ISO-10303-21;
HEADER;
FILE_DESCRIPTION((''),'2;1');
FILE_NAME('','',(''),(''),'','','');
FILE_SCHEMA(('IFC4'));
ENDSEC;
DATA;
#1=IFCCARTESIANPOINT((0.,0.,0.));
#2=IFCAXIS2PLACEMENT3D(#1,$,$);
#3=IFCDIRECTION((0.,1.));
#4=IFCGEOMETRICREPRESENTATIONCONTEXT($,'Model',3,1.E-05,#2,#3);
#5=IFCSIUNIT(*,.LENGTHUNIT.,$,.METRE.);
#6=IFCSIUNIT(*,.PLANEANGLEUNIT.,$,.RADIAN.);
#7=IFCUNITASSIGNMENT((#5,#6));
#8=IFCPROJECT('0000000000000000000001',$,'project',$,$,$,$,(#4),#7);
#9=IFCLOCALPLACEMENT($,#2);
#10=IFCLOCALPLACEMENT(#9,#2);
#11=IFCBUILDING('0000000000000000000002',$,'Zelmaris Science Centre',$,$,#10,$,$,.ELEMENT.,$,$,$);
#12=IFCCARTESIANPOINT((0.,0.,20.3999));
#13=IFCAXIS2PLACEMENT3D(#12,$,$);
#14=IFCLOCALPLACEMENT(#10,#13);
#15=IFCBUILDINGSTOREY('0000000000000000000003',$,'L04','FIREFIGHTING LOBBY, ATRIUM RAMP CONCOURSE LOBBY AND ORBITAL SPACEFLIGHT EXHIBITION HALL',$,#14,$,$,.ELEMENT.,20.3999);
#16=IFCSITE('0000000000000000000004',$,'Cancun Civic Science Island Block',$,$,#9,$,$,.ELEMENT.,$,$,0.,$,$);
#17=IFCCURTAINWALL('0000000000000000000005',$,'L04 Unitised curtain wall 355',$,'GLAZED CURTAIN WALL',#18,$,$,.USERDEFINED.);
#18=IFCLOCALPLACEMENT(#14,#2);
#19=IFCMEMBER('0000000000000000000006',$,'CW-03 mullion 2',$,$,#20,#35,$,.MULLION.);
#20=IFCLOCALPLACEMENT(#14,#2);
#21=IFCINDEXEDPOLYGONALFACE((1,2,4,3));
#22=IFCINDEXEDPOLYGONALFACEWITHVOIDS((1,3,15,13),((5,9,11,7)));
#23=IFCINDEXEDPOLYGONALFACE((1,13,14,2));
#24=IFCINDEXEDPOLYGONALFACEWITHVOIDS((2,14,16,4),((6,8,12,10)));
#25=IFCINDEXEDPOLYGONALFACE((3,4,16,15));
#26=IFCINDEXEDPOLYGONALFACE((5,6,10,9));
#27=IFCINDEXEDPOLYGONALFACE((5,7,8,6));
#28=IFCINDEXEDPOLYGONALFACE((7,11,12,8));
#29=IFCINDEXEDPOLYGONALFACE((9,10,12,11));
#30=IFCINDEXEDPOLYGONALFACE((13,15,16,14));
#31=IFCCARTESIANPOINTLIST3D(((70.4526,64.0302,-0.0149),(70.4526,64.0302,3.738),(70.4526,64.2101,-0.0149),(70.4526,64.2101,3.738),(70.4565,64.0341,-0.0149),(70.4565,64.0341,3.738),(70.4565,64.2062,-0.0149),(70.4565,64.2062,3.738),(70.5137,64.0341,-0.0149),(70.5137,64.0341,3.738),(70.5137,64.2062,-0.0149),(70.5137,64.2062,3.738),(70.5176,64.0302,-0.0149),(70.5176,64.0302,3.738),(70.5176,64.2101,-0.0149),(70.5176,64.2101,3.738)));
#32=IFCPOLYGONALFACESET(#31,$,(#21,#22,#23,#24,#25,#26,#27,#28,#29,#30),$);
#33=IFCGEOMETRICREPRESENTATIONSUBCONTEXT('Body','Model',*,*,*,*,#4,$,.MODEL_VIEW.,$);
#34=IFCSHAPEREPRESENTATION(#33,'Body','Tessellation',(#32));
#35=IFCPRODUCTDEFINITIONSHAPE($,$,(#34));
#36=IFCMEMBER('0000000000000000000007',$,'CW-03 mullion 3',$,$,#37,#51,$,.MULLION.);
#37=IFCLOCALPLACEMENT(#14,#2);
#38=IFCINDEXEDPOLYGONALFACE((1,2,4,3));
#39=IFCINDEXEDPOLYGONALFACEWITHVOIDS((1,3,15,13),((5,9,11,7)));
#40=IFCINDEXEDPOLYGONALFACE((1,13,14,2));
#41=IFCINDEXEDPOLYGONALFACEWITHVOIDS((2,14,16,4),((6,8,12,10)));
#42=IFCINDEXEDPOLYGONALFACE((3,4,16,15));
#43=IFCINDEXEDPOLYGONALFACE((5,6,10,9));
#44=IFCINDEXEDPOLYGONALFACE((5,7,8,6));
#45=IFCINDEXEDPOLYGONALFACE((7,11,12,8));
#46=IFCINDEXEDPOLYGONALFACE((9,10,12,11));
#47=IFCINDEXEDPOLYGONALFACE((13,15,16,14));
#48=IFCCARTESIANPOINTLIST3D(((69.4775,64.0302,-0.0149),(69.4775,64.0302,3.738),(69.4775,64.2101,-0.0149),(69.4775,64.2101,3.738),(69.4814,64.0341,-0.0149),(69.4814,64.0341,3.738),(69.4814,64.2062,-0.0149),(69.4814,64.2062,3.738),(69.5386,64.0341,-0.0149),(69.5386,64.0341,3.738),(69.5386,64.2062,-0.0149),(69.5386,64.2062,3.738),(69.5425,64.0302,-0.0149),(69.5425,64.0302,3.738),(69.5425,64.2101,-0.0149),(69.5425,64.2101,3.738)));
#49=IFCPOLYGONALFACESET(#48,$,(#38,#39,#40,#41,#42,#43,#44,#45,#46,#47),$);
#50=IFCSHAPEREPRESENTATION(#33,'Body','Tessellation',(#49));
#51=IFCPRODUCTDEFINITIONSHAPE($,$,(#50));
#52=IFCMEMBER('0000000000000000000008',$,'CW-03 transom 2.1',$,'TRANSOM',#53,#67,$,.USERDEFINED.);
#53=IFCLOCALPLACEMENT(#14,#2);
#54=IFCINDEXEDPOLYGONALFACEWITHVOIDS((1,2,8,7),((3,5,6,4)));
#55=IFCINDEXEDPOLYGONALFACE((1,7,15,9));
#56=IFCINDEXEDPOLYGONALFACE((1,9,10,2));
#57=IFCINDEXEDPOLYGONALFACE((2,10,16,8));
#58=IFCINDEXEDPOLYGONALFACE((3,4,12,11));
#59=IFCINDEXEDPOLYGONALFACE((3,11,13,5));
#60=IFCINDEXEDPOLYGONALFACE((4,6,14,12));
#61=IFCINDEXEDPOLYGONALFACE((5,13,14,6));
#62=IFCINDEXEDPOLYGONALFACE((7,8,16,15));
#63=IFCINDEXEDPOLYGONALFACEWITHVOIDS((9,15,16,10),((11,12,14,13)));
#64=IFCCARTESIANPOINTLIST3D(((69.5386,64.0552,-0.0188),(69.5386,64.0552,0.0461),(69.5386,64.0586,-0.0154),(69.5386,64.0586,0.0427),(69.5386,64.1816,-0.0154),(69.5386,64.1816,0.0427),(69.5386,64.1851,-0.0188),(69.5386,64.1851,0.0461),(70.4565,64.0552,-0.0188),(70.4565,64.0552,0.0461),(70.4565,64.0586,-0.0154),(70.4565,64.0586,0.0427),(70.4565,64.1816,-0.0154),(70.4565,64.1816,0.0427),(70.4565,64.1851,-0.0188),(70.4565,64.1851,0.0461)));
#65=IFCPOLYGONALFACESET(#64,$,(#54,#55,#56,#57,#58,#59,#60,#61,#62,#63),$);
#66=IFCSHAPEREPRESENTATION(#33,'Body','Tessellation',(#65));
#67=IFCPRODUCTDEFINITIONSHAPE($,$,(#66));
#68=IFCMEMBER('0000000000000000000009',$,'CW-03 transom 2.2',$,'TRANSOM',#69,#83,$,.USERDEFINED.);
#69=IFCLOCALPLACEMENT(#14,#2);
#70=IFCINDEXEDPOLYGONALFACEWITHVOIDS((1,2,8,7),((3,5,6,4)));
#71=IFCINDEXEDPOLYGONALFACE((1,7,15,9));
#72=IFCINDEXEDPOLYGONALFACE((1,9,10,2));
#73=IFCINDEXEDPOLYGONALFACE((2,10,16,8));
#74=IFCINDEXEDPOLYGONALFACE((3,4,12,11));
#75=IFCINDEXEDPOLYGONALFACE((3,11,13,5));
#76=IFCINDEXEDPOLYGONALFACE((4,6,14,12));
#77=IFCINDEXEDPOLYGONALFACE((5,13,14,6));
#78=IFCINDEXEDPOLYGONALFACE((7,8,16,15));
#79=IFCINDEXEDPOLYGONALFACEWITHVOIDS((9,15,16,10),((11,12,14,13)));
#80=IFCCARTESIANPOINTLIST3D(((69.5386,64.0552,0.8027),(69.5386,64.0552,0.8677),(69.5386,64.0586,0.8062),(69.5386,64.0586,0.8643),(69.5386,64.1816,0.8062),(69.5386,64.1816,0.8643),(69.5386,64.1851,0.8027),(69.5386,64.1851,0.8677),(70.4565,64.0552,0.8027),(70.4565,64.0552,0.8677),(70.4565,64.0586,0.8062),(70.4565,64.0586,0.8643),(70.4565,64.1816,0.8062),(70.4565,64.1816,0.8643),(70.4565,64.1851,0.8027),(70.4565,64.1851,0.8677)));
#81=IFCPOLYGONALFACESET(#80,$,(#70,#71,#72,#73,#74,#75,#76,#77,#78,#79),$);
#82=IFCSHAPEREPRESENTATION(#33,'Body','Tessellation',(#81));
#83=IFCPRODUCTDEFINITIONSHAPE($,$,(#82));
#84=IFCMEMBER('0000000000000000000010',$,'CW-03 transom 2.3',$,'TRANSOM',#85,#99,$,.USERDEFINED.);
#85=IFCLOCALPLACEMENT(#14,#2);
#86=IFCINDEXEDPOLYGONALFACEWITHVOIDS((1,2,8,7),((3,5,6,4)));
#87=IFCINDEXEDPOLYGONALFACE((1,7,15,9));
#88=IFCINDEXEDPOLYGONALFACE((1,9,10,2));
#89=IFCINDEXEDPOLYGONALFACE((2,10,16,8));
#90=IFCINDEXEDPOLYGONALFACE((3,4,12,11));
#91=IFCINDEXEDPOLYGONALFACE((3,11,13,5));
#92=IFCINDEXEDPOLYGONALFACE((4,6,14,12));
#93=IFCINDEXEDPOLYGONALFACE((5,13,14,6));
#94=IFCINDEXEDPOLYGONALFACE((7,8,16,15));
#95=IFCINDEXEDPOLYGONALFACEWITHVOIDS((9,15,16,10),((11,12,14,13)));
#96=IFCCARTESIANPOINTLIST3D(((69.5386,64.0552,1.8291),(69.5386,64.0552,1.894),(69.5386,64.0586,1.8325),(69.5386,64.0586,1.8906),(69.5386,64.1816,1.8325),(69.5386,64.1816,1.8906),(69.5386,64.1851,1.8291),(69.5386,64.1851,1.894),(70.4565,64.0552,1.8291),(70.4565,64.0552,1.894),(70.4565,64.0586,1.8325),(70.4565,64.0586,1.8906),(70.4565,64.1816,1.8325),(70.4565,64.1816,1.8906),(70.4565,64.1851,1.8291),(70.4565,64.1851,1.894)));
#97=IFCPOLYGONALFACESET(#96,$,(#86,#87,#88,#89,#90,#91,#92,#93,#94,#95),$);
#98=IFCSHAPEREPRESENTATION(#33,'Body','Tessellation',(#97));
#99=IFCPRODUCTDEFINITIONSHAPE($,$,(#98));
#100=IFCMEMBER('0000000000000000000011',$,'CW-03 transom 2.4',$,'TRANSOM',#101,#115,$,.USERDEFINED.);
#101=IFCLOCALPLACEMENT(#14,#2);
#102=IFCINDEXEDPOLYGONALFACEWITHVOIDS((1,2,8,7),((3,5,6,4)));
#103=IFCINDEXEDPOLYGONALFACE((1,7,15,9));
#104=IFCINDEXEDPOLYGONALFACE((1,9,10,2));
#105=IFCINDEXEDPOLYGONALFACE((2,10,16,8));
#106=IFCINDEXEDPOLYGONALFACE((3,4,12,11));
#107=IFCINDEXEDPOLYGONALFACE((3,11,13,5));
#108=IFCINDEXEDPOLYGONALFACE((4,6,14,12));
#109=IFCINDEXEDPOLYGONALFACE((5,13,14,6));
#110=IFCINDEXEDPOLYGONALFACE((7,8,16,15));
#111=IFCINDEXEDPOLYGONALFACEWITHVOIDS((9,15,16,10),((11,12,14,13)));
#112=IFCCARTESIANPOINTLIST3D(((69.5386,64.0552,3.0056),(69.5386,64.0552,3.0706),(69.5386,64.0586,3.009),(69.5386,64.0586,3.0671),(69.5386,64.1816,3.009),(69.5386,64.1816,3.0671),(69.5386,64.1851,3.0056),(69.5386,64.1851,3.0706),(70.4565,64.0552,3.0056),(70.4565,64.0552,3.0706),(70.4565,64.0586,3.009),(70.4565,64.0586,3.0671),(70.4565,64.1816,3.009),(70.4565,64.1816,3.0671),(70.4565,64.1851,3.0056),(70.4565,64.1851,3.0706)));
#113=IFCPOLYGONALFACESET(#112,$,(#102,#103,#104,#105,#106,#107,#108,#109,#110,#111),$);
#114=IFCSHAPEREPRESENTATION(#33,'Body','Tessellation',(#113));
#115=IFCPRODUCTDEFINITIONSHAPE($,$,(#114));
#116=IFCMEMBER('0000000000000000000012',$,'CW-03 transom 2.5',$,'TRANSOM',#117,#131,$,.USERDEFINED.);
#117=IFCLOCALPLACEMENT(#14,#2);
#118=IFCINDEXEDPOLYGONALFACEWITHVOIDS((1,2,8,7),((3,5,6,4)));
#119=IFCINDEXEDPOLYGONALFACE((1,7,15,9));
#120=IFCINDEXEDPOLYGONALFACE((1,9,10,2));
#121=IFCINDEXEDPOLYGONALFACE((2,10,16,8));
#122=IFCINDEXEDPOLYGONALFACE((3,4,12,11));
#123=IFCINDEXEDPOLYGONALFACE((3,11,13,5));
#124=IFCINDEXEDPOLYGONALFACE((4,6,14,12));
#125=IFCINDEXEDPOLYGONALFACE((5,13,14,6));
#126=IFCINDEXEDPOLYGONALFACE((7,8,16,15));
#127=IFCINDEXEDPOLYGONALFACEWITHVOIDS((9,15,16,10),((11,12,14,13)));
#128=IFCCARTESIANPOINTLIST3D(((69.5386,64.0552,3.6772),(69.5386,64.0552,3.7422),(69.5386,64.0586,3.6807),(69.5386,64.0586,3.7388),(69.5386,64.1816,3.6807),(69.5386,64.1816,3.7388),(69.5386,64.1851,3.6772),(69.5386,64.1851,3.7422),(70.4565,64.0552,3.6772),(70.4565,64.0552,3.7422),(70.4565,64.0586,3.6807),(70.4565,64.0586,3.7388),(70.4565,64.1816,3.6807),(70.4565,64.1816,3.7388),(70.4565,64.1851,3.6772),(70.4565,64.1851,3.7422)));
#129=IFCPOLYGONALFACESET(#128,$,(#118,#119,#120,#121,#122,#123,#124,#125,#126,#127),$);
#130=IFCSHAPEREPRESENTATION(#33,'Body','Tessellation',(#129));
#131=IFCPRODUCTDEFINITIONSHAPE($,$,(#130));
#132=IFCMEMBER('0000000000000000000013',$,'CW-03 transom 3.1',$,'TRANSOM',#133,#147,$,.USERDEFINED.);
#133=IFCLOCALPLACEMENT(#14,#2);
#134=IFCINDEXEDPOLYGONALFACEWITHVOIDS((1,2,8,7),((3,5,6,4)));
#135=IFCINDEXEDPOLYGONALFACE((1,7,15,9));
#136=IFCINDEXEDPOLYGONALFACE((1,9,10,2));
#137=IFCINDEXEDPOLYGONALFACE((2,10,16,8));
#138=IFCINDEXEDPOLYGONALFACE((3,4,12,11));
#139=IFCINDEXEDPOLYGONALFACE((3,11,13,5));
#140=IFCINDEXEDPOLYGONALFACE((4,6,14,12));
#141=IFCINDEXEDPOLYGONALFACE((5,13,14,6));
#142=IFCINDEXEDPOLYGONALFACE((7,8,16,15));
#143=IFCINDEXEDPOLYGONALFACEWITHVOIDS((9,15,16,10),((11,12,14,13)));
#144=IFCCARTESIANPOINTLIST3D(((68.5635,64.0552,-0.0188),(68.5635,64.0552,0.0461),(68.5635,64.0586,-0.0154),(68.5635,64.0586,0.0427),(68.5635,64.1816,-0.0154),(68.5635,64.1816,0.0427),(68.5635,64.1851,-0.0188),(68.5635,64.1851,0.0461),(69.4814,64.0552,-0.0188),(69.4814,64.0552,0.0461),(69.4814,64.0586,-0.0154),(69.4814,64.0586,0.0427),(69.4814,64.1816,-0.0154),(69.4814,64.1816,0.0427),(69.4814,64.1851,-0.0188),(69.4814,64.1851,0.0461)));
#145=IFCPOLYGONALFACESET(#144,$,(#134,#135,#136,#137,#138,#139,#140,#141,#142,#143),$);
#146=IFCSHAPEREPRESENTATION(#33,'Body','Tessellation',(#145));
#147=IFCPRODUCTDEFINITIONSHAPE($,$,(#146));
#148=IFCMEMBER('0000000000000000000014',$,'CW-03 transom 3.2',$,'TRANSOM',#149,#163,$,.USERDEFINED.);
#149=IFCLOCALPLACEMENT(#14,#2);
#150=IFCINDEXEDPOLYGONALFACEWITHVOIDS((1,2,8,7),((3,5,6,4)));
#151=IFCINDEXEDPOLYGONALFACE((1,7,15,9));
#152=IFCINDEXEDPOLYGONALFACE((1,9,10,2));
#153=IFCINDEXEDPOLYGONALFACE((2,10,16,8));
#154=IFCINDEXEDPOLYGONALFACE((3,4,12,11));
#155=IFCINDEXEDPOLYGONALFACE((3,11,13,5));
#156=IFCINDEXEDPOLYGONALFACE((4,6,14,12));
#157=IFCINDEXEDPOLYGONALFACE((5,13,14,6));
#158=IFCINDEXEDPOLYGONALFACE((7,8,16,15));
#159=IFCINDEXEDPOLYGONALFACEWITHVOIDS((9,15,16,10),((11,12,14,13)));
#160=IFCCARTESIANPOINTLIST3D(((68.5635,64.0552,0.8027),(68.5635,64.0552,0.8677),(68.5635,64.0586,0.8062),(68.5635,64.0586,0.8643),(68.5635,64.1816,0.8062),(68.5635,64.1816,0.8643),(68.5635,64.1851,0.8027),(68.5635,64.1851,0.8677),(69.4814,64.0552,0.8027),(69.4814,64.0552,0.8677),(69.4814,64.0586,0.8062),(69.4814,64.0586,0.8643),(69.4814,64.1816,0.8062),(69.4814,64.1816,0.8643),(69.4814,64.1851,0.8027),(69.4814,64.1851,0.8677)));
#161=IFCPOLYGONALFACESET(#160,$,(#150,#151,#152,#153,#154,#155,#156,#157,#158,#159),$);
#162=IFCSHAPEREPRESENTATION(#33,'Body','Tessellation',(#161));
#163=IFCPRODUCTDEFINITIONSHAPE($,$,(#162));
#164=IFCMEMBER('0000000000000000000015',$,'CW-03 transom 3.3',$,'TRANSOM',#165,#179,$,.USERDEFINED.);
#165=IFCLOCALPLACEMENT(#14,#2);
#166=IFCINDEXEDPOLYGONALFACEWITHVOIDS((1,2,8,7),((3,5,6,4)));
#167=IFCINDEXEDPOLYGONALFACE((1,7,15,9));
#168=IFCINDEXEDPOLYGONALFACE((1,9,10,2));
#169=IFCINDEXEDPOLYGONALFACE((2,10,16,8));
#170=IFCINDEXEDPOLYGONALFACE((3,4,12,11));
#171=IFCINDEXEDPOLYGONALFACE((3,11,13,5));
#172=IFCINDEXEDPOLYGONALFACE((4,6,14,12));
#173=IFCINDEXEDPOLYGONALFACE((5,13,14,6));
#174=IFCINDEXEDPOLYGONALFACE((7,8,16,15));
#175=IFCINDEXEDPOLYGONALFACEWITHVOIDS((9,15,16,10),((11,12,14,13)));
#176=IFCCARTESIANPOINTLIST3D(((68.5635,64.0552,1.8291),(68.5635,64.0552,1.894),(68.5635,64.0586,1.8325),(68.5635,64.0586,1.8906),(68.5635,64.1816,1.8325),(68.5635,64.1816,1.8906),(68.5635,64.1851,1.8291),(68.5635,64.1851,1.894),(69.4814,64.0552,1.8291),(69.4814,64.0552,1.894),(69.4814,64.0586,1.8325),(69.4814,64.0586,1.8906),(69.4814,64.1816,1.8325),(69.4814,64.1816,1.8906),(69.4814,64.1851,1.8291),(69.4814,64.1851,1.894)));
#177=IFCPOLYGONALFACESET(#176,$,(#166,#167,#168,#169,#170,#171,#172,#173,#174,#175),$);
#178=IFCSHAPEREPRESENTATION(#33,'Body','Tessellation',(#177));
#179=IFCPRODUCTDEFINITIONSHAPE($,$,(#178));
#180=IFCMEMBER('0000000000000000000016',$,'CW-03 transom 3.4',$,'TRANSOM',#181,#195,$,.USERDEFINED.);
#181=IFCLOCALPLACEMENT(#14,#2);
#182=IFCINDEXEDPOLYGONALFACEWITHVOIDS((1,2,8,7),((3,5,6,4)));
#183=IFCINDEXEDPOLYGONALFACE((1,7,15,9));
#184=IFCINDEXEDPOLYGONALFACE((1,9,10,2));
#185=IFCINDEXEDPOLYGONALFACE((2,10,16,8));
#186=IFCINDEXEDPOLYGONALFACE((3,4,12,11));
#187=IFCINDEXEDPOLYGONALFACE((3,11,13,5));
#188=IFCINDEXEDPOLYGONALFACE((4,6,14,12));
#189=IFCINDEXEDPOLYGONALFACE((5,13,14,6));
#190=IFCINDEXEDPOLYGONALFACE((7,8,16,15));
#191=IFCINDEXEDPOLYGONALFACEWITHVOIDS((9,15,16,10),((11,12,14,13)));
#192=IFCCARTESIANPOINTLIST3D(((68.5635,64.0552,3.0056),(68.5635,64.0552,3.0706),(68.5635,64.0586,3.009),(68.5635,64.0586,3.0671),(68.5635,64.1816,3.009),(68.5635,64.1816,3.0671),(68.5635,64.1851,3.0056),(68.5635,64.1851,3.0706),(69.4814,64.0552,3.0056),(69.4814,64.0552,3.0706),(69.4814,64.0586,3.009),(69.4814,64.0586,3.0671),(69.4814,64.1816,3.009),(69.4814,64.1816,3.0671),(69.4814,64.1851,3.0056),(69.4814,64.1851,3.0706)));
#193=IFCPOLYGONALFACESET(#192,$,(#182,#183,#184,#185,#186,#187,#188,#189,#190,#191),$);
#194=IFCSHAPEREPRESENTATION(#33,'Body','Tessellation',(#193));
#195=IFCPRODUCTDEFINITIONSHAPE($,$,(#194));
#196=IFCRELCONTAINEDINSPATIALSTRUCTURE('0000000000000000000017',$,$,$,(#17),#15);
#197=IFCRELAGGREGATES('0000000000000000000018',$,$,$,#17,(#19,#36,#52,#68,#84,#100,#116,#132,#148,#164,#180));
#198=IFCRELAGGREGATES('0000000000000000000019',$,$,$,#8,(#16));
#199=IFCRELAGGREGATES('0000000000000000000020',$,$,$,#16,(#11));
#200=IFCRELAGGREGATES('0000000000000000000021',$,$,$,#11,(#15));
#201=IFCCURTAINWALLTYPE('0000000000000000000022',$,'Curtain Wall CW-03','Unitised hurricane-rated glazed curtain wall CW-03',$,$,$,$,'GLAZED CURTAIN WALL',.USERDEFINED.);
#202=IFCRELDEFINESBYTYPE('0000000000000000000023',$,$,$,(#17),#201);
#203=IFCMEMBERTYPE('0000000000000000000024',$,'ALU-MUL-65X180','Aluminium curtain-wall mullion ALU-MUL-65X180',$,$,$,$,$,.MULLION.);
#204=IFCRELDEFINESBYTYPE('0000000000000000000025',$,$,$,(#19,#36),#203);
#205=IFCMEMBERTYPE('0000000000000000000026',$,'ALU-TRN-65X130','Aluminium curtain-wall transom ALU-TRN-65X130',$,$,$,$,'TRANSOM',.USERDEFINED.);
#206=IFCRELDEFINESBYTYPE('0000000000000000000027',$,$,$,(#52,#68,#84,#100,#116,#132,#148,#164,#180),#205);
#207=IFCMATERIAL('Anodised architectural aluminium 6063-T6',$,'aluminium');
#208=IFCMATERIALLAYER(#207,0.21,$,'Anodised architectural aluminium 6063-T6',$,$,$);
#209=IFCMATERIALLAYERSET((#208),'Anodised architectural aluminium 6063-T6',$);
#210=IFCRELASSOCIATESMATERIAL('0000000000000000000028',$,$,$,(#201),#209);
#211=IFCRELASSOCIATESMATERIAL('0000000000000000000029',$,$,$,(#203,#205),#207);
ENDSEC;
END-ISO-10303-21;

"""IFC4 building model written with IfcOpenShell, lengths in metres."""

from ifc_helpers import new_model, si_unit, direction, frame, origin, origin_2d, place, context, subcontext, project, spatial, hollow_rectangle, extrude, material, layer, layer_set, material_profile, profile_set, type_object, element, aggregate, save


model = new_model("IFC4")

# Units and contexts
model_context = context("Model", 3, precision=1e-05, world=origin(), true_north=direction((0.0, 1.0)))
body_context = subcontext(model_context, "Body", "Model", "MODEL_VIEW")
ifc_project = project(units=[si_unit("LENGTHUNIT", "METRE"), si_unit("PLANEANGLEUNIT", "RADIAN")], contexts=[model_context])

# Site, building, storey
site_placement = place(None, origin())
site = spatial("IfcSite", under=ifc_project, at=site_placement, Name="Cancun Civic Science Island Block", CompositionType="ELEMENT", RefElevation=0.0)
building_placement = place(site_placement, origin())
building = spatial("IfcBuilding", under=site, at=building_placement, Name="Zelmaris Science Centre", CompositionType="ELEMENT")
storey_placement = place(building_placement, frame((0.0, 0.0, 20.3999)))
storey = spatial("IfcBuildingStorey", under=building, at=storey_placement, Name="L04", Description="FIREFIGHTING LOBBY, ATRIUM RAMP CONCOURSE LOBBY AND ORBITAL SPACEFLIGHT EXHIBITION HALL", CompositionType="ELEMENT", Elevation=20.3999)

# Curtain wall, members
ifc_material_1 = material(Name="Anodised architectural aluminium 6063-T6", Category="aluminium")
ifc_layer_1 = layer(ifc_material_1, 0.21, Name="Anodised architectural aluminium 6063-T6")
ifc_layer_set_1 = layer_set([ifc_layer_1], Name="Anodised architectural aluminium 6063-T6")
curtain_wall_type = type_object("IfcCurtainWallType", Name="Curtain Wall CW-03", Description="Unitised hurricane-rated glazed curtain wall CW-03", ElementType="GLAZED CURTAIN WALL", PredefinedType="USERDEFINED", material=ifc_layer_set_1)
curtain_wall_placement = place(storey_placement, origin())
curtain_wall = element("IfcCurtainWall", 1, at=curtain_wall_placement, inside=storey, type_object=curtain_wall_type, Name="L04 Unitised curtain wall 355", ObjectType="GLAZED CURTAIN WALL", PredefinedType="USERDEFINED")
ifc_material_profile_1 = material_profile(ifc_material_1, hollow_rectangle(XDim=0.0649, YDim=0.1799, WallThickness=0.0039, at=origin_2d()), Name="ALU-MUL-65X180")
ifc_profile_set_1 = profile_set([ifc_material_profile_1], Name="Anodised architectural aluminium 6063-T6")
member_type_1 = type_object("IfcMemberType", Name="ALU-MUL-65X180", Description="Aluminium curtain-wall mullion ALU-MUL-65X180", PredefinedType="MULLION", material=ifc_profile_set_1)
member_1_placement = place(storey_placement, frame((70.4851, 64.1201, -0.0149), z_axis=(0.0, 0.0, 1.0), x_axis=(-1.0, 0.000003, 0.0)))
member_1 = element("IfcMember", 2, at=member_1_placement, type_object=member_type_1, Name="CW-03 mullion 2", PredefinedType="MULLION", context=body_context, shape_type="SweptSolid", body=[
    extrude(hollow_rectangle(XDim=0.0649, YDim=0.1799, WallThickness=0.0039, at=origin_2d()), origin(), (0.0, 0.0, 1.0), 3.7529),
])
member_2_placement = place(storey_placement, frame((69.51, 64.1201, -0.0149), z_axis=(0.0, 0.0, 1.0), x_axis=(-1.0, 0.000003, 0.0)))
member_2 = element("IfcMember", 3, at=member_2_placement, type_object=member_type_1, Name="CW-03 mullion 3", PredefinedType="MULLION", context=body_context, shape_type="SweptSolid", body=[
    extrude(hollow_rectangle(XDim=0.0649, YDim=0.1799, WallThickness=0.0039, at=origin_2d()), origin(), (0.0, 0.0, 1.0), 3.7529),
])
ifc_material_profile_2 = material_profile(ifc_material_1, hollow_rectangle(XDim=0.0649, YDim=0.1299, WallThickness=0.0034, at=origin_2d()), Name="ALU-TRN-65X130")
ifc_profile_set_2 = profile_set([ifc_material_profile_2], Name="Anodised architectural aluminium 6063-T6")
member_type_2 = type_object("IfcMemberType", Name="ALU-TRN-65X130", Description="Aluminium curtain-wall transom ALU-TRN-65X130", ElementType="TRANSOM", PredefinedType="USERDEFINED", material=ifc_profile_set_2)
member_3_placement = place(storey_placement, frame((70.4565, 64.1201, 0.0137), z_axis=(-1.0, 0.0, 0.0), x_axis=(0.0, 0.0, 1.0)))
member_3 = element("IfcMember", 4, at=member_3_placement, type_object=member_type_2, Name="CW-03 transom 2.1", ObjectType="TRANSOM", PredefinedType="USERDEFINED", context=body_context, shape_type="SweptSolid", body=[
    extrude(hollow_rectangle(XDim=0.0649, YDim=0.1299, WallThickness=0.0034, at=origin_2d()), origin(), (0.0, 0.0, 1.0), 0.918),
])
member_4_placement = place(storey_placement, frame((70.4565, 64.1201, 0.8352), z_axis=(-1.0, 0.0, 0.0), x_axis=(0.0, 0.0, 1.0)))
member_4 = element("IfcMember", 5, at=member_4_placement, type_object=member_type_2, Name="CW-03 transom 2.2", ObjectType="TRANSOM", PredefinedType="USERDEFINED", context=body_context, shape_type="SweptSolid", body=[
    extrude(hollow_rectangle(XDim=0.0649, YDim=0.1299, WallThickness=0.0034, at=origin_2d()), origin(), (0.0, 0.0, 1.0), 0.918),
])
member_5_placement = place(storey_placement, frame((70.4565, 64.1201, 1.8616), z_axis=(-1.0, 0.0, 0.0), x_axis=(0.0, 0.0, 1.0)))
member_5 = element("IfcMember", 6, at=member_5_placement, type_object=member_type_2, Name="CW-03 transom 2.3", ObjectType="TRANSOM", PredefinedType="USERDEFINED", context=body_context, shape_type="SweptSolid", body=[
    extrude(hollow_rectangle(XDim=0.0649, YDim=0.1299, WallThickness=0.0034, at=origin_2d()), origin(), (0.0, 0.0, 1.0), 0.918),
])
member_6_placement = place(storey_placement, frame((70.4565, 64.1201, 3.0381), z_axis=(-1.0, 0.0, 0.0), x_axis=(0.0, 0.0, 1.0)))
member_6 = element("IfcMember", 7, at=member_6_placement, type_object=member_type_2, Name="CW-03 transom 2.4", ObjectType="TRANSOM", PredefinedType="USERDEFINED", context=body_context, shape_type="SweptSolid", body=[
    extrude(hollow_rectangle(XDim=0.0649, YDim=0.1299, WallThickness=0.0034, at=origin_2d()), origin(), (0.0, 0.0, 1.0), 0.918),
])
member_7_placement = place(storey_placement, frame((70.4565, 64.1201, 3.7097), z_axis=(-1.0, 0.0, 0.0), x_axis=(0.0, 0.0, 1.0)))
member_7 = element("IfcMember", 8, at=member_7_placement, type_object=member_type_2, Name="CW-03 transom 2.5", ObjectType="TRANSOM", PredefinedType="USERDEFINED", context=body_context, shape_type="SweptSolid", body=[
    extrude(hollow_rectangle(XDim=0.0649, YDim=0.1299, WallThickness=0.0034, at=origin_2d()), origin(), (0.0, 0.0, 1.0), 0.918),
])
member_8_placement = place(storey_placement, frame((69.4814, 64.1201, 0.0137), z_axis=(-1.0, 0.0, 0.0), x_axis=(0.0, 0.0, 1.0)))
member_8 = element("IfcMember", 9, at=member_8_placement, type_object=member_type_2, Name="CW-03 transom 3.1", ObjectType="TRANSOM", PredefinedType="USERDEFINED", context=body_context, shape_type="SweptSolid", body=[
    extrude(hollow_rectangle(XDim=0.0649, YDim=0.1299, WallThickness=0.0034, at=origin_2d()), origin(), (0.0, 0.0, 1.0), 0.918),
])
member_9_placement = place(storey_placement, frame((69.4814, 64.1201, 0.8352), z_axis=(-1.0, 0.0, 0.0), x_axis=(0.0, 0.0, 1.0)))
member_9 = element("IfcMember", 10, at=member_9_placement, type_object=member_type_2, Name="CW-03 transom 3.2", ObjectType="TRANSOM", PredefinedType="USERDEFINED", context=body_context, shape_type="SweptSolid", body=[
    extrude(hollow_rectangle(XDim=0.0649, YDim=0.1299, WallThickness=0.0034, at=origin_2d()), origin(), (0.0, 0.0, 1.0), 0.918),
])
member_10_placement = place(storey_placement, frame((69.4814, 64.1201, 1.8616), z_axis=(-1.0, 0.0, 0.0), x_axis=(0.0, 0.0, 1.0)))
member_10 = element("IfcMember", 11, at=member_10_placement, type_object=member_type_2, Name="CW-03 transom 3.3", ObjectType="TRANSOM", PredefinedType="USERDEFINED", context=body_context, shape_type="SweptSolid", body=[
    extrude(hollow_rectangle(XDim=0.0649, YDim=0.1299, WallThickness=0.0034, at=origin_2d()), origin(), (0.0, 0.0, 1.0), 0.918),
])
member_11_placement = place(storey_placement, frame((69.4814, 64.1201, 3.0381), z_axis=(-1.0, 0.0, 0.0), x_axis=(0.0, 0.0, 1.0)))
member_11 = element("IfcMember", 12, at=member_11_placement, type_object=member_type_2, Name="CW-03 transom 3.4", ObjectType="TRANSOM", PredefinedType="USERDEFINED", context=body_context, shape_type="SweptSolid", body=[
    extrude(hollow_rectangle(XDim=0.0649, YDim=0.1299, WallThickness=0.0034, at=origin_2d()), origin(), (0.0, 0.0, 1.0), 0.918),
])
aggregate(curtain_wall, [member_1, member_2, member_3, member_4, member_5, member_6, member_7, member_8, member_9, member_10, member_11])

save(model, "model.ifc")
